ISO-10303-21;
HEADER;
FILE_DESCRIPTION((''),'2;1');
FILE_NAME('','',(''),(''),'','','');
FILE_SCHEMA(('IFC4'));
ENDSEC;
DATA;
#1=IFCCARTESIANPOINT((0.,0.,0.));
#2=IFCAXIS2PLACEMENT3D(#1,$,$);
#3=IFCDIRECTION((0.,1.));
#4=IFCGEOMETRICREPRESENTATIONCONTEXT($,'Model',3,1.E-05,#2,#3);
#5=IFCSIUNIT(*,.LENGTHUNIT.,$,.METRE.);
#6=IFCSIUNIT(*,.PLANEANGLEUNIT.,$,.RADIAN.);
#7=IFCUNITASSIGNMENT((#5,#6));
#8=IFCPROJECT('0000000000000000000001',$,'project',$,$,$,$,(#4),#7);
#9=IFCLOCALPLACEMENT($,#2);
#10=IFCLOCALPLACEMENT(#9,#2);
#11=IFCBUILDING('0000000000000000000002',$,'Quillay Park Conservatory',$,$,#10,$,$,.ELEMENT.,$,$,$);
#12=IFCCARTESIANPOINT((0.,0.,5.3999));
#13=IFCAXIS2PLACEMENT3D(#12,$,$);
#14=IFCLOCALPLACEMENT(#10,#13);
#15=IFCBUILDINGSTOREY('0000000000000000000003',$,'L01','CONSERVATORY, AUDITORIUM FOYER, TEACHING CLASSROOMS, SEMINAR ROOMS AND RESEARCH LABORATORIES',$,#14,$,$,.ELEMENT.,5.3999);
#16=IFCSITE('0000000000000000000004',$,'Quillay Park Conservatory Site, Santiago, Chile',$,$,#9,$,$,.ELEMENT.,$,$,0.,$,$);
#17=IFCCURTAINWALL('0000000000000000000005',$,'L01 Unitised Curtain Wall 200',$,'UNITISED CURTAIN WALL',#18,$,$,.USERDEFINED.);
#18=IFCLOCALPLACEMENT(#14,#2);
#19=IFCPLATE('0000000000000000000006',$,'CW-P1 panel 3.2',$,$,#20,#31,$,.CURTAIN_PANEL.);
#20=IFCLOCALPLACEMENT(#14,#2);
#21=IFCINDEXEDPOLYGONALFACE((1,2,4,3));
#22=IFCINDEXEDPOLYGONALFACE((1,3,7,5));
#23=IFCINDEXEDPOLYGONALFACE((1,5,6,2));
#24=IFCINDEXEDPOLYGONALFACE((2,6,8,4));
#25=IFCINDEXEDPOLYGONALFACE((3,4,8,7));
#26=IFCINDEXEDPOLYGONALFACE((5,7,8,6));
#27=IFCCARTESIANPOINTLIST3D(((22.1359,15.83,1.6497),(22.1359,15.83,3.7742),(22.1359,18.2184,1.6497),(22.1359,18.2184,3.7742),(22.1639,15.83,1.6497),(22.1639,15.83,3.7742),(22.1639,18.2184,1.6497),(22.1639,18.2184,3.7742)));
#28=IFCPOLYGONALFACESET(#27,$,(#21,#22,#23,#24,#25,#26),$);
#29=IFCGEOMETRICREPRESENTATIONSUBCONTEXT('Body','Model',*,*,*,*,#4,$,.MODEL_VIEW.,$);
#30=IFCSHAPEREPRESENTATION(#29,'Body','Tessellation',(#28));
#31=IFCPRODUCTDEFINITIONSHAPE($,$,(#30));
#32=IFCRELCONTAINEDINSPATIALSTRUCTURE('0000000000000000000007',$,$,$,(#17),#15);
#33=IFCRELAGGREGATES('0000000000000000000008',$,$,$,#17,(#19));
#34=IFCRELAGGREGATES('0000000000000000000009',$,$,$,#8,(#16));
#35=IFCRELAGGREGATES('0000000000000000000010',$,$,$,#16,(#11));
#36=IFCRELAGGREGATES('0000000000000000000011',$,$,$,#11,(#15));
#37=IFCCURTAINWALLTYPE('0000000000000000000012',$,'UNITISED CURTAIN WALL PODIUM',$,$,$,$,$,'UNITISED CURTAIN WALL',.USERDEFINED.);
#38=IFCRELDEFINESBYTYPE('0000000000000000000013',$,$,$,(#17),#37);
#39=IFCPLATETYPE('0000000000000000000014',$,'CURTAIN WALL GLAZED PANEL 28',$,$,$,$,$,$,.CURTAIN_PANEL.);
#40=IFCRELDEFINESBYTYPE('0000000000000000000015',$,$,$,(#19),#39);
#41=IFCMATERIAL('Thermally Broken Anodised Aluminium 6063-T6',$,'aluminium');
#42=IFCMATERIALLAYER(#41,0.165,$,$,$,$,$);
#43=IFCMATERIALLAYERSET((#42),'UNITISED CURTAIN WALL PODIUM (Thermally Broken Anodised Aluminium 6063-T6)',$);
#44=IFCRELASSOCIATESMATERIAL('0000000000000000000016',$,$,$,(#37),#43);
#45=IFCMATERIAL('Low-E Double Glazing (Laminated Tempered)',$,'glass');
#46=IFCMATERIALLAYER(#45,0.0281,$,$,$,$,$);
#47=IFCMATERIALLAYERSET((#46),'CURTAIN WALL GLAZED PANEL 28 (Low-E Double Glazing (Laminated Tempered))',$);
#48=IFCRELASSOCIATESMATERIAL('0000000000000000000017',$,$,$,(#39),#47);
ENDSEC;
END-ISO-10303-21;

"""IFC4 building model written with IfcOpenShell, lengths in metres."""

from ifc_helpers import new_model, si_unit, direction, frame, origin, origin_2d, place, context, subcontext, project, spatial, rectangle, extrude, material, layer, layer_set, type_object, element, aggregate, save


model = new_model("IFC4")

# Units and contexts
model_context = context("Model", 3, precision=1e-05, world=origin(), true_north=direction((0.0, 1.0)))
body_context = subcontext(model_context, "Body", "Model", "MODEL_VIEW")
ifc_project = project(units=[si_unit("LENGTHUNIT", "METRE"), si_unit("PLANEANGLEUNIT", "RADIAN")], contexts=[model_context])

# Site, building, storey
site_placement = place(None, origin())
site = spatial("IfcSite", under=ifc_project, at=site_placement, Name="Quillay Park Conservatory Site, Santiago, Chile", CompositionType="ELEMENT", RefElevation=0.0)
building_placement = place(site_placement, origin())
building = spatial("IfcBuilding", under=site, at=building_placement, Name="Quillay Park Conservatory", CompositionType="ELEMENT")
storey_placement = place(building_placement, frame((0.0, 0.0, 5.3999)))
storey = spatial("IfcBuildingStorey", under=building, at=storey_placement, Name="L01", Description="CONSERVATORY, AUDITORIUM FOYER, TEACHING CLASSROOMS, SEMINAR ROOMS AND RESEARCH LABORATORIES", CompositionType="ELEMENT", Elevation=5.3999)

# Curtain wall
ifc_material_1 = material(Name="Thermally Broken Anodised Aluminium 6063-T6", Category="aluminium")
ifc_layer_1 = layer(ifc_material_1, 0.165)
ifc_layer_set_1 = layer_set([ifc_layer_1], Name="UNITISED CURTAIN WALL PODIUM (Thermally Broken Anodised Aluminium 6063-T6)")
curtain_wall_type = type_object("IfcCurtainWallType", Name="UNITISED CURTAIN WALL PODIUM", ElementType="UNITISED CURTAIN WALL", PredefinedType="USERDEFINED", material=ifc_layer_set_1)
curtain_wall_1_placement = place(storey_placement, origin())
curtain_wall_1 = element("IfcCurtainWall", 1, at=curtain_wall_1_placement, inside=storey, type_object=curtain_wall_type, Name="L01 Unitised Curtain Wall 200", ObjectType="UNITISED CURTAIN WALL", PredefinedType="USERDEFINED")

# Plate
ifc_material_2 = material(Name="Low-E Double Glazing (Laminated Tempered)", Category="glass")
ifc_layer_2 = layer(ifc_material_2, 0.0281)
ifc_layer_set_2 = layer_set([ifc_layer_2], Name="CURTAIN WALL GLAZED PANEL 28 (Low-E Double Glazing (Laminated Tempered))")
plate_type = type_object("IfcPlateType", Name="CURTAIN WALL GLAZED PANEL 28", PredefinedType="CURTAIN_PANEL", material=ifc_layer_set_2)
plate_1_placement = place(storey_placement, frame((22.1499, 17.0242, 1.6497), z_axis=(0.0, 0.0, 1.0), x_axis=(0.0, -1.0, 0.0)))
plate_1 = element("IfcPlate", 2, at=plate_1_placement, type_object=plate_type, Name="CW-P1 panel 3.2", PredefinedType="CURTAIN_PANEL", context=body_context, shape_type="SweptSolid", body=[
    extrude(rectangle(XDim=2.3884, YDim=0.0281, at=origin_2d()), origin(), (0.0, 0.0, 1.0), 2.1245),
])
aggregate(curtain_wall_1, [plate_1])

save(model, "model.ifc")
